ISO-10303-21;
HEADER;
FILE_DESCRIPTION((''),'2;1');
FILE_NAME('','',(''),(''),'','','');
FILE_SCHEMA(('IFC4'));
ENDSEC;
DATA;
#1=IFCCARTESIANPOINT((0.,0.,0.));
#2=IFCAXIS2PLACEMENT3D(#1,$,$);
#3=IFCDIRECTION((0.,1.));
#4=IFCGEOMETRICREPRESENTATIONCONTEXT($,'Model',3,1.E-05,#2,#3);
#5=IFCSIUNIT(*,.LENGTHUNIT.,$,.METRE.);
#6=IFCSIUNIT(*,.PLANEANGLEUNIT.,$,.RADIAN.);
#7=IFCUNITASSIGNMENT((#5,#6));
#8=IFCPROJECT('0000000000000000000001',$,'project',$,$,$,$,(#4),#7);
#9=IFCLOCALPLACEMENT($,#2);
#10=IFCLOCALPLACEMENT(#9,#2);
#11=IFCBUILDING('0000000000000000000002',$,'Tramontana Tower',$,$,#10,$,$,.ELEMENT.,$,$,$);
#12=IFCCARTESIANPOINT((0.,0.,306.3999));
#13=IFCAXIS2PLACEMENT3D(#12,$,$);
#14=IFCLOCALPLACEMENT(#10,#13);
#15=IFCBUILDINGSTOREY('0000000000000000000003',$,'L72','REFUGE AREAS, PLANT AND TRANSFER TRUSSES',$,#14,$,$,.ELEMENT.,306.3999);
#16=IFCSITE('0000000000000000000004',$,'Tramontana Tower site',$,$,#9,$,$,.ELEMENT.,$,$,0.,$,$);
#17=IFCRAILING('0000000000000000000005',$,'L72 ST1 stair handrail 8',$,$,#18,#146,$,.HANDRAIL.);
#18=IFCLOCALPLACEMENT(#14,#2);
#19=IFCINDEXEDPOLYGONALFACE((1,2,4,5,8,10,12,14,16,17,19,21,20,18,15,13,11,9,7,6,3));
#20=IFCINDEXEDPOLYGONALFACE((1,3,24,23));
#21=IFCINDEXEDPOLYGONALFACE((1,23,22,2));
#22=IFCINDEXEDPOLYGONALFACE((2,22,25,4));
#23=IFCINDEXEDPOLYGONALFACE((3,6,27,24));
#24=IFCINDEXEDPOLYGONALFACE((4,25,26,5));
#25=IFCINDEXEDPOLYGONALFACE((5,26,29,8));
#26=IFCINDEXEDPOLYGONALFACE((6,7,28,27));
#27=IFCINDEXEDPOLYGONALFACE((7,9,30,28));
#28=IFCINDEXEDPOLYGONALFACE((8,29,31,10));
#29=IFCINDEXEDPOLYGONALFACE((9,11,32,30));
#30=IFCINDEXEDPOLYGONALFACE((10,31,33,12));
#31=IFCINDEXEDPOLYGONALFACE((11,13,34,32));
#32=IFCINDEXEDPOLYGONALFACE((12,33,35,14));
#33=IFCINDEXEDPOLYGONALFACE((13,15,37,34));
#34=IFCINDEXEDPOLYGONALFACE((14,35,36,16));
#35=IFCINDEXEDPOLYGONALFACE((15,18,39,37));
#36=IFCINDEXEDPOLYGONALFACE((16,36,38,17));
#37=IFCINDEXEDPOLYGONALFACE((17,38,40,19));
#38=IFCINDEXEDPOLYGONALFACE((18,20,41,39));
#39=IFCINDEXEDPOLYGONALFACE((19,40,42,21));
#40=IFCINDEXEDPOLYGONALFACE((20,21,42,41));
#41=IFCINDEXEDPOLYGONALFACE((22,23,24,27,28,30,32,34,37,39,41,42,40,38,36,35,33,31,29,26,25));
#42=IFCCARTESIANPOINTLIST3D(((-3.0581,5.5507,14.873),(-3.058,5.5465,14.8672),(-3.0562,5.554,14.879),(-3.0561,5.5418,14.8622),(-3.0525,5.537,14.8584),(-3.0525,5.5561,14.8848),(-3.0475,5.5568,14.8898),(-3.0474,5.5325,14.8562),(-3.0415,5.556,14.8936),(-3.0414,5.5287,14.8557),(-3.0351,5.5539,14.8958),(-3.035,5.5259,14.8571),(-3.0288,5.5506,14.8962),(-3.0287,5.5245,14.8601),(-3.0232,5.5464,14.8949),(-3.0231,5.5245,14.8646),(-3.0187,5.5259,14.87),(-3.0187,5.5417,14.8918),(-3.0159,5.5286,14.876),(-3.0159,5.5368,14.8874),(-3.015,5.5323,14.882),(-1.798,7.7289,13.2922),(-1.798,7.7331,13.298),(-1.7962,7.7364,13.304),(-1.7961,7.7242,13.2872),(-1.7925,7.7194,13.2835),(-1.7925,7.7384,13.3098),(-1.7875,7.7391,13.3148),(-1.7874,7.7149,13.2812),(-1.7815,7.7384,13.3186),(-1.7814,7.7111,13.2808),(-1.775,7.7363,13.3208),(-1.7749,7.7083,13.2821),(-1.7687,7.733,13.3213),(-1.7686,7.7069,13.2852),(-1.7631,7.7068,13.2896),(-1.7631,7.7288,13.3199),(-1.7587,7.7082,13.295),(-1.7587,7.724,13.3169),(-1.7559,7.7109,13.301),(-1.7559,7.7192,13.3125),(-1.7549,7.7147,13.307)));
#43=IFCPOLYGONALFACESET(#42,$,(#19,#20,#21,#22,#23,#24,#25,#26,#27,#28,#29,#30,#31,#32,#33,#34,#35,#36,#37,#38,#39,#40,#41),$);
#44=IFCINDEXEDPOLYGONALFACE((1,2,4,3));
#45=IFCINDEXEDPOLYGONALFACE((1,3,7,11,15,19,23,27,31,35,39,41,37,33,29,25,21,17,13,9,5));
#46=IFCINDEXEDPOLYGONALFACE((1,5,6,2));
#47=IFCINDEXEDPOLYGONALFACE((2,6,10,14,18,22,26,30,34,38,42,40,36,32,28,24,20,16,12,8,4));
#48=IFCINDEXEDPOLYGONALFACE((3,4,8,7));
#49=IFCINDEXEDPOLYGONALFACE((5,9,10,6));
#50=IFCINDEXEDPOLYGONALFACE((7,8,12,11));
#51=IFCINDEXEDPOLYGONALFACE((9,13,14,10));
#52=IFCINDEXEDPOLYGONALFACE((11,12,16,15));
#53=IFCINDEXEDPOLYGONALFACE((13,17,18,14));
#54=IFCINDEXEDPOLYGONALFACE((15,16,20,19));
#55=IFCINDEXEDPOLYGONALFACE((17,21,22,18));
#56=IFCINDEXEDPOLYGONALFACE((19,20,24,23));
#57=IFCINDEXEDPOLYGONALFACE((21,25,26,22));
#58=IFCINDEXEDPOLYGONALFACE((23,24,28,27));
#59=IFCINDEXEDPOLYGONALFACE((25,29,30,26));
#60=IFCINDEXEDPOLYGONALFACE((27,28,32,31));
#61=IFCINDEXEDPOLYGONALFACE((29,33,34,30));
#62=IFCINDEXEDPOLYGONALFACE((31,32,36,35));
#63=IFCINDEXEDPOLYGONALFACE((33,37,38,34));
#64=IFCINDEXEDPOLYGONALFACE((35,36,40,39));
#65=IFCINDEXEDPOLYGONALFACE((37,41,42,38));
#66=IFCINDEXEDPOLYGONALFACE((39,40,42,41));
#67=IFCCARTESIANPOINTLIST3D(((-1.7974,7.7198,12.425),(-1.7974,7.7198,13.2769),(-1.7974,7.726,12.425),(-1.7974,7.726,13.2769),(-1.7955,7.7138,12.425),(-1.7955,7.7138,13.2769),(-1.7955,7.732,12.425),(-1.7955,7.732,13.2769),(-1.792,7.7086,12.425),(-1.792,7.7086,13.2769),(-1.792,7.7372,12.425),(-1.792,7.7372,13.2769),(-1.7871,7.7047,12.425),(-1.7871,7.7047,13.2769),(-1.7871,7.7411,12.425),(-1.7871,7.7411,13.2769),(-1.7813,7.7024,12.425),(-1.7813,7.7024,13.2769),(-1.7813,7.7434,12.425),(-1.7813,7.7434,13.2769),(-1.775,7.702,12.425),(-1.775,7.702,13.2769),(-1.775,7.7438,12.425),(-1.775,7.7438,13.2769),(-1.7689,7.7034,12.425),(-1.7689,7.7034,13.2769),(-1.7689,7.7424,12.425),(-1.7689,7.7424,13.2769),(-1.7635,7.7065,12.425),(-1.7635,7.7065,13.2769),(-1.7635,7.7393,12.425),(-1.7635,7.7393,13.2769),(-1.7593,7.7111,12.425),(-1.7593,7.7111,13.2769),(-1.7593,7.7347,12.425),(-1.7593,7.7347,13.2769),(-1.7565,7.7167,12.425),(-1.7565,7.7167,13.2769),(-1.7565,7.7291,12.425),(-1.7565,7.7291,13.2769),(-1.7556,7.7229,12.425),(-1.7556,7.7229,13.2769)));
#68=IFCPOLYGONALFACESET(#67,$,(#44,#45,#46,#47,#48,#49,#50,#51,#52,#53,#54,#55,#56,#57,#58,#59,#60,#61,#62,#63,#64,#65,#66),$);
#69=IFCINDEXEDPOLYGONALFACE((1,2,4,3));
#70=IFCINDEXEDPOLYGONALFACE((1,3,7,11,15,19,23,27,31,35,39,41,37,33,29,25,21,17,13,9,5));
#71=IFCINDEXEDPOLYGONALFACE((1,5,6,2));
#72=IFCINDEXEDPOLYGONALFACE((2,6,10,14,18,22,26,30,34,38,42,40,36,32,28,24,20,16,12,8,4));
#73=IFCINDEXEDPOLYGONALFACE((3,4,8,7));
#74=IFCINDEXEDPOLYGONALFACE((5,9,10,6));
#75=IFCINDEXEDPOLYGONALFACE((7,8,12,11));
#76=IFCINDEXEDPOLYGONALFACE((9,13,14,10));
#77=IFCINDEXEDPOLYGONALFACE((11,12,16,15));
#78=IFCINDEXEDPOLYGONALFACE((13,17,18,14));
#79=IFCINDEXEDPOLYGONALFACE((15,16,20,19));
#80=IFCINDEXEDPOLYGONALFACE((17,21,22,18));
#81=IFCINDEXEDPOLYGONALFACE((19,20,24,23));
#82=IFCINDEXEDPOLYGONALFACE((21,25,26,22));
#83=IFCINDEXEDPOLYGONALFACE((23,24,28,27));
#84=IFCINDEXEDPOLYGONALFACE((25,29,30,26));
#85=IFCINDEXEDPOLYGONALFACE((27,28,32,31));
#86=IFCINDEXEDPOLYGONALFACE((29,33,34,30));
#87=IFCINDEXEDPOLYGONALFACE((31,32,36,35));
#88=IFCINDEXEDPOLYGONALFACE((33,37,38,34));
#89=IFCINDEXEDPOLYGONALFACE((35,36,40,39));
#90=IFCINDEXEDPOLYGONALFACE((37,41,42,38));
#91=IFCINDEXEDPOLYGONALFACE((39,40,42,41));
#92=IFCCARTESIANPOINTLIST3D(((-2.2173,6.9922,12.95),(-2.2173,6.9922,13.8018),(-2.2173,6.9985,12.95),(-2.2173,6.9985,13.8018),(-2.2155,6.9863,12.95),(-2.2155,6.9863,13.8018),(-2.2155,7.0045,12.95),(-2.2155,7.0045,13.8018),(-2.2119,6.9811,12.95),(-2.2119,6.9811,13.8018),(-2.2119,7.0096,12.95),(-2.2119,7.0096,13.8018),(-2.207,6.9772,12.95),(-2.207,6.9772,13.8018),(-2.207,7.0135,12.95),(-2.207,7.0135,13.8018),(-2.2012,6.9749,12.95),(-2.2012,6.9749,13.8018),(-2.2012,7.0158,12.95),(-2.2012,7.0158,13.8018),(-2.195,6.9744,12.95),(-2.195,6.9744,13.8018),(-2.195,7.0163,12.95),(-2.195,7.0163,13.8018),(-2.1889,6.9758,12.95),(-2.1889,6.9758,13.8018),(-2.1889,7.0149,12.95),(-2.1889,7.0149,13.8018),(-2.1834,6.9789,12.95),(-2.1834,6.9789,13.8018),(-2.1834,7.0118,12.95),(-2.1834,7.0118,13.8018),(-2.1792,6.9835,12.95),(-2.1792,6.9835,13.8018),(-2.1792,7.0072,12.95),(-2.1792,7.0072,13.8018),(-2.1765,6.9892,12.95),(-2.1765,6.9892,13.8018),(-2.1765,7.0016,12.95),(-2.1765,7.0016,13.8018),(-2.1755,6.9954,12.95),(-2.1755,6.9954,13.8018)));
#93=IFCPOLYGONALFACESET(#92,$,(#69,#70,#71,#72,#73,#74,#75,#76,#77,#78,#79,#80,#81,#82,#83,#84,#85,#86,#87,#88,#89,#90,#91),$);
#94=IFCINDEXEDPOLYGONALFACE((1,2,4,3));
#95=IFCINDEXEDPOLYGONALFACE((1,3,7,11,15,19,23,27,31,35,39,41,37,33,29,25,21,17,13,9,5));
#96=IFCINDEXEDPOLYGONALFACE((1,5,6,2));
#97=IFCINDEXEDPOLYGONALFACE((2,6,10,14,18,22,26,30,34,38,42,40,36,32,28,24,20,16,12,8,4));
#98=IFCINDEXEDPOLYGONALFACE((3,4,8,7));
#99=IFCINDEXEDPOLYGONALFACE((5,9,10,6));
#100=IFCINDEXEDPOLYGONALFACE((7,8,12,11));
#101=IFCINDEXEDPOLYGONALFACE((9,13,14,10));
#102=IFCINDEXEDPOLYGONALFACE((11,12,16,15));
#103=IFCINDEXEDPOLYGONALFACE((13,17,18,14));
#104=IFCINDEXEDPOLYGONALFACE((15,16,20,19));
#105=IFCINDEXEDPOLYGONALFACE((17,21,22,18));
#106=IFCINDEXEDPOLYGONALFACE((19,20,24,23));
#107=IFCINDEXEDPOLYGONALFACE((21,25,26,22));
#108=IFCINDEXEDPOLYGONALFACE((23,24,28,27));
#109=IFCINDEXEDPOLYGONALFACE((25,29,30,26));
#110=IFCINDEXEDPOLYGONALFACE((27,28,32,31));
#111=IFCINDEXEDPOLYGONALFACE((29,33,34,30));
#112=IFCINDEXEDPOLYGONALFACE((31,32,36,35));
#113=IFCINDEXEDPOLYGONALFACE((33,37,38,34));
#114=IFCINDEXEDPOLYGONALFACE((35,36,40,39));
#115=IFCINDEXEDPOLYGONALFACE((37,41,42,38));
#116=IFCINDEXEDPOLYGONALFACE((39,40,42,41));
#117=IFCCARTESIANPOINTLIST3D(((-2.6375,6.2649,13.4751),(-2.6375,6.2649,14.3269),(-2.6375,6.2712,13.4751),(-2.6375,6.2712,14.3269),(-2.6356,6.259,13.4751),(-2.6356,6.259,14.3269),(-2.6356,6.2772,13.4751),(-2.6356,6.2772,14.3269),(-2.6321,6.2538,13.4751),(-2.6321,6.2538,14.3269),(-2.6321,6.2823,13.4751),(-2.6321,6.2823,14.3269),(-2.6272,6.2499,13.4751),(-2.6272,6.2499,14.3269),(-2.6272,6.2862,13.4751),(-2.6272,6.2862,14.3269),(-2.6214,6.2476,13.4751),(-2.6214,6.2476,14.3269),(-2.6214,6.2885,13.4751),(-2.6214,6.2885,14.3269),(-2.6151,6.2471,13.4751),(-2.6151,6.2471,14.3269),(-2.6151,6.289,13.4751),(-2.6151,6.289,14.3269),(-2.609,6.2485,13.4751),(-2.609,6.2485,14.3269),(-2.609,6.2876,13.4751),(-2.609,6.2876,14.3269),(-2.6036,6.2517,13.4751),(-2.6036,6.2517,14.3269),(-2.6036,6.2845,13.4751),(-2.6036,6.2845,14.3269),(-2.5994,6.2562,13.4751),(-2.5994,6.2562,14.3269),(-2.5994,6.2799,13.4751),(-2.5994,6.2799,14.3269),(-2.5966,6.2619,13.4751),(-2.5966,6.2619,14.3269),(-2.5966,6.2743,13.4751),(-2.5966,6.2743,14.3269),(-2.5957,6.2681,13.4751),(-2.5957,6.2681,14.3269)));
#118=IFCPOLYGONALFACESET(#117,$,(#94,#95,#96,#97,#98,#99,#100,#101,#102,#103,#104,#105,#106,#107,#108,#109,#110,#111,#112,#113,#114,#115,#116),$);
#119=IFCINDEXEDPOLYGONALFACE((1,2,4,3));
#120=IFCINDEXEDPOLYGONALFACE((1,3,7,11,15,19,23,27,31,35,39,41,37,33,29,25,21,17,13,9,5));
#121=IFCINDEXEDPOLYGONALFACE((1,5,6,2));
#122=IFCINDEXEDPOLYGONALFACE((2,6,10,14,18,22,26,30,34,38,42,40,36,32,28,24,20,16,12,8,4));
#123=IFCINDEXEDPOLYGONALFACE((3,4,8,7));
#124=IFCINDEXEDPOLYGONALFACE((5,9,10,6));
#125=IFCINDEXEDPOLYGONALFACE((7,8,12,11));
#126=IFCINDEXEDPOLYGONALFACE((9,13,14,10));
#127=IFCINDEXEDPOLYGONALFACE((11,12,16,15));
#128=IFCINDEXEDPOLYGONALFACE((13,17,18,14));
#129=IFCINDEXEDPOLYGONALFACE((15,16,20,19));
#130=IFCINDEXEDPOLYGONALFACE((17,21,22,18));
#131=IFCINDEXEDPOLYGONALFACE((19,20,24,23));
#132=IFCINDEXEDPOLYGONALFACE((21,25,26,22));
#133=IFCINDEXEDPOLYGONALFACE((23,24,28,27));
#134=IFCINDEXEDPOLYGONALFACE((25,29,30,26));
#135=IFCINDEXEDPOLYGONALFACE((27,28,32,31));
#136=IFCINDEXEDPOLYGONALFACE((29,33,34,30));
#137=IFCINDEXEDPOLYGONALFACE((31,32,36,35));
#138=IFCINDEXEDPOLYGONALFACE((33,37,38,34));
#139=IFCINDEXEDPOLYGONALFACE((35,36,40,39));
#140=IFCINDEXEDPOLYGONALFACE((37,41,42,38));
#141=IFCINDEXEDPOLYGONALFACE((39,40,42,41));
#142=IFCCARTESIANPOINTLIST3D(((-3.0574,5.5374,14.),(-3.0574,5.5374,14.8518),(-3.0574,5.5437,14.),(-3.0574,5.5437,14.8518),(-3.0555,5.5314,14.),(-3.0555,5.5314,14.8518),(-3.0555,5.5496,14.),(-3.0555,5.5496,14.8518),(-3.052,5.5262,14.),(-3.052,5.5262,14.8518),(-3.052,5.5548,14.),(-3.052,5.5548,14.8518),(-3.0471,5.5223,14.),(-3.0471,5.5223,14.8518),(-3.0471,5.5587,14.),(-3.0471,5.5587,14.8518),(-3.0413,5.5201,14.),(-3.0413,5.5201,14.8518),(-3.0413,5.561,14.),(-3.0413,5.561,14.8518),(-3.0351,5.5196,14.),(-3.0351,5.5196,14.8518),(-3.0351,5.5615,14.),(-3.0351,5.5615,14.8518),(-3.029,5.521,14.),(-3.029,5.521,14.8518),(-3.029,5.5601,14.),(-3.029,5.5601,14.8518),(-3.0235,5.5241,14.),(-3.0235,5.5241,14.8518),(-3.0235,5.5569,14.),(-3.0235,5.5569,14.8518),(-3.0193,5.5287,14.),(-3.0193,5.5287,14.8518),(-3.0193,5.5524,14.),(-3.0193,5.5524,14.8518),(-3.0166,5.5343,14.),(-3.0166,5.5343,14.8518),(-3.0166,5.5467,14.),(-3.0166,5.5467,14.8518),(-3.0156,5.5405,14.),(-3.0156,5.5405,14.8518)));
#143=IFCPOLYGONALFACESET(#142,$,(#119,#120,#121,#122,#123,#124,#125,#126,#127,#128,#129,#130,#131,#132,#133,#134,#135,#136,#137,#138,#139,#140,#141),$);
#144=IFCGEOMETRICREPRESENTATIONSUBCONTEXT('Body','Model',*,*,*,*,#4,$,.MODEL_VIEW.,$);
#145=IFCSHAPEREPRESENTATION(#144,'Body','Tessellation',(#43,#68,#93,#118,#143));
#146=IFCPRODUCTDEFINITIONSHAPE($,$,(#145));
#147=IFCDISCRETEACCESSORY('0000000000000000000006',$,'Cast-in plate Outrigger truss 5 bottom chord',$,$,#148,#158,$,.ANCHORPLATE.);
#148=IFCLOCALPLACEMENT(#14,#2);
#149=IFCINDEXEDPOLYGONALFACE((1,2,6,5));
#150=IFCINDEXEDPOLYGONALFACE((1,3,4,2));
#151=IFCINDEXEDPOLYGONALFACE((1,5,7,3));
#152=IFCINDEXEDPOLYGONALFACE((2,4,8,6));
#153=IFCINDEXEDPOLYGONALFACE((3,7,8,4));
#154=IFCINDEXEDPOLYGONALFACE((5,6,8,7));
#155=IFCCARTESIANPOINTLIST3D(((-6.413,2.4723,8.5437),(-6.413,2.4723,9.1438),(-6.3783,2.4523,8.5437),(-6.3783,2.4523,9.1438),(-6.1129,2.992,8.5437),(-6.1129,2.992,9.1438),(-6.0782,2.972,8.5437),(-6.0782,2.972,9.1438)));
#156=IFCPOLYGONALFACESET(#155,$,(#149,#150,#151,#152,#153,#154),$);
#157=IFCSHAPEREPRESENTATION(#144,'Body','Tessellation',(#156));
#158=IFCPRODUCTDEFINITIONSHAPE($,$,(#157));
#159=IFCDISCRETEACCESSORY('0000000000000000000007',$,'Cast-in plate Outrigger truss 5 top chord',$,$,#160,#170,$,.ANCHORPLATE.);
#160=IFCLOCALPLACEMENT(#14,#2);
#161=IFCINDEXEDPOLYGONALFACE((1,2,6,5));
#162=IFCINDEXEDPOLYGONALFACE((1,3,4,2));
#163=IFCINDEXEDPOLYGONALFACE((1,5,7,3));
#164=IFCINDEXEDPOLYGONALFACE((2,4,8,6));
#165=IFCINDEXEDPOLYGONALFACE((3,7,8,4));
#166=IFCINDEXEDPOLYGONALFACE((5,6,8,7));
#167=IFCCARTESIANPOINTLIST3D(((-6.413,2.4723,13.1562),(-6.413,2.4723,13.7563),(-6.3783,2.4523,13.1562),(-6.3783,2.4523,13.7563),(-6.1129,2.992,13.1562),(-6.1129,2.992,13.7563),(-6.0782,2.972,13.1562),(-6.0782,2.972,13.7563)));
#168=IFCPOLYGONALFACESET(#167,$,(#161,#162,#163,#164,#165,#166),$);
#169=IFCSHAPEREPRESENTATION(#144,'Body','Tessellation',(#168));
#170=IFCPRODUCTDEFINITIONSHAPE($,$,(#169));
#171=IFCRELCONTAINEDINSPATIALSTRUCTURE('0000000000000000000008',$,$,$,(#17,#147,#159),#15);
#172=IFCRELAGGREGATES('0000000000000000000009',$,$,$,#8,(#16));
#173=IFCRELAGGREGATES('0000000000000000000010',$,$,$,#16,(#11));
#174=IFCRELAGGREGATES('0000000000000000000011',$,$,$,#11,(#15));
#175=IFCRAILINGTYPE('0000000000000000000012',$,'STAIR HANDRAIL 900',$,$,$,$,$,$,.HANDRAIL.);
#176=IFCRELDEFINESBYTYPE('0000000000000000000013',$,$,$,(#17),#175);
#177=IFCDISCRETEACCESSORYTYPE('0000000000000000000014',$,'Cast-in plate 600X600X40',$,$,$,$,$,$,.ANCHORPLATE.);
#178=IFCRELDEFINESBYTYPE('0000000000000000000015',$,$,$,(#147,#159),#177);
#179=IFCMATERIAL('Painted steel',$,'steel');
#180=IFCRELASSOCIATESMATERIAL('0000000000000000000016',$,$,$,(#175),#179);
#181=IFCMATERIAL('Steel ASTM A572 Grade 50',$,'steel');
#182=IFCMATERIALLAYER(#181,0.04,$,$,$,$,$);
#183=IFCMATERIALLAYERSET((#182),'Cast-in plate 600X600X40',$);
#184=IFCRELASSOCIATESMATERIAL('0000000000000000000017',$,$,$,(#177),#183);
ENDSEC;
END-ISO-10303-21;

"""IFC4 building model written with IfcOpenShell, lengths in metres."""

from ifc_helpers import new_model, si_unit, direction, frame, origin, origin_2d, place, context, subcontext, project, spatial, rectangle, circle, extrude, material, layer, layer_set, type_object, element, save


model = new_model("IFC4")

# Units and contexts
model_context = context("Model", 3, precision=1e-05, world=origin(), true_north=direction((0.0, 1.0)))
body_context = subcontext(model_context, "Body", "Model", "MODEL_VIEW")
ifc_project = project(units=[si_unit("LENGTHUNIT", "METRE"), si_unit("PLANEANGLEUNIT", "RADIAN")], contexts=[model_context])

# Site, building, storey
site_placement = place(None, origin())
site = spatial("IfcSite", under=ifc_project, at=site_placement, Name="Tramontana Tower site", CompositionType="ELEMENT", RefElevation=0.0)
building_placement = place(site_placement, origin())
building = spatial("IfcBuilding", under=site, at=building_placement, Name="Tramontana Tower", CompositionType="ELEMENT")
storey_placement = place(building_placement, frame((0.0, 0.0, 306.3999)))
storey = spatial("IfcBuildingStorey", under=building, at=storey_placement, Name="L72", Description="REFUGE AREAS, PLANT AND TRANSFER TRUSSES", CompositionType="ELEMENT", Elevation=306.3999)

# Railing
ifc_material_1 = material(Name="Painted steel", Category="steel")
railing_type_1 = type_object("IfcRailingType", Name="STAIR HANDRAIL 900", PredefinedType="HANDRAIL", material=ifc_material_1)
railing_1_placement = place(storey_placement, frame((-1.7766, 7.7229, 12.425)))
element("IfcRailing", 1, at=railing_1_placement, inside=storey, type_object=railing_type_1, Name="L72 ST1 stair handrail 8", PredefinedType="HANDRAIL", context=body_context, shape_type="SweptSolid", body=[
    extrude(circle(Radius=0.0239, at=origin_2d()), frame((0.0, 0.0, 0.876), z_axis=(-0.424007, -0.734392, 0.529988), x_axis=(0.866023, -0.500005, 0.0)), (0.0, 0.0, 1.0), 2.9717),
    extrude(circle(Radius=0.021, at=origin_2d()), origin(), (0.0, 0.0, 1.0), 0.8518),
    extrude(circle(Radius=0.021, at=origin_2d()), frame((-0.4199, -0.7275, 0.5249)), (0.0, 0.0, 1.0), 0.8518),
    extrude(circle(Radius=0.021, at=origin_2d()), frame((-0.8401, -1.4548, 1.05)), (0.0, 0.0, 1.0), 0.8518),
    extrude(circle(Radius=0.021, at=origin_2d()), frame((-1.26, -2.1824, 1.575)), (0.0, 0.0, 1.0), 0.8518),
])

# Discrete accessories
ifc_material_2 = material(Name="Steel ASTM A572 Grade 50", Category="steel")
ifc_layer_1 = layer(ifc_material_2, 0.04)
ifc_layer_set_1 = layer_set([ifc_layer_1], Name="Cast-in plate 600X600X40")
discrete_accessory_type = type_object("IfcDiscreteAccessoryType", Name="Cast-in plate 600X600X40", PredefinedType="ANCHORPLATE", material=ifc_layer_set_1)
for number, where, z_axis, x_axis, name in (
    (2, (-6.2456, 2.7222, 8.5437), (0.0, 0.0, 1.0), (-0.5, -0.866025, 0.0), "Cast-in plate Outrigger truss 5 bottom chord"),
    (3, (-6.2456, 2.7222, 13.1562), (0.0, 0.0, 1.0), (-0.5, -0.866025, 0.0), "Cast-in plate Outrigger truss 5 top chord"),
):
    element("IfcDiscreteAccessory", number, at=place(storey_placement, frame(where, z_axis=z_axis, x_axis=x_axis)), inside=storey, type_object=discrete_accessory_type, Name=name, PredefinedType="ANCHORPLATE", context=body_context, shape_type="SweptSolid", body=[
        extrude(rectangle(XDim=0.6001, YDim=0.04, at=origin_2d()), origin(), (0.0, 0.0, 1.0), 0.6001),
    ])

save(model, "model.ifc")
